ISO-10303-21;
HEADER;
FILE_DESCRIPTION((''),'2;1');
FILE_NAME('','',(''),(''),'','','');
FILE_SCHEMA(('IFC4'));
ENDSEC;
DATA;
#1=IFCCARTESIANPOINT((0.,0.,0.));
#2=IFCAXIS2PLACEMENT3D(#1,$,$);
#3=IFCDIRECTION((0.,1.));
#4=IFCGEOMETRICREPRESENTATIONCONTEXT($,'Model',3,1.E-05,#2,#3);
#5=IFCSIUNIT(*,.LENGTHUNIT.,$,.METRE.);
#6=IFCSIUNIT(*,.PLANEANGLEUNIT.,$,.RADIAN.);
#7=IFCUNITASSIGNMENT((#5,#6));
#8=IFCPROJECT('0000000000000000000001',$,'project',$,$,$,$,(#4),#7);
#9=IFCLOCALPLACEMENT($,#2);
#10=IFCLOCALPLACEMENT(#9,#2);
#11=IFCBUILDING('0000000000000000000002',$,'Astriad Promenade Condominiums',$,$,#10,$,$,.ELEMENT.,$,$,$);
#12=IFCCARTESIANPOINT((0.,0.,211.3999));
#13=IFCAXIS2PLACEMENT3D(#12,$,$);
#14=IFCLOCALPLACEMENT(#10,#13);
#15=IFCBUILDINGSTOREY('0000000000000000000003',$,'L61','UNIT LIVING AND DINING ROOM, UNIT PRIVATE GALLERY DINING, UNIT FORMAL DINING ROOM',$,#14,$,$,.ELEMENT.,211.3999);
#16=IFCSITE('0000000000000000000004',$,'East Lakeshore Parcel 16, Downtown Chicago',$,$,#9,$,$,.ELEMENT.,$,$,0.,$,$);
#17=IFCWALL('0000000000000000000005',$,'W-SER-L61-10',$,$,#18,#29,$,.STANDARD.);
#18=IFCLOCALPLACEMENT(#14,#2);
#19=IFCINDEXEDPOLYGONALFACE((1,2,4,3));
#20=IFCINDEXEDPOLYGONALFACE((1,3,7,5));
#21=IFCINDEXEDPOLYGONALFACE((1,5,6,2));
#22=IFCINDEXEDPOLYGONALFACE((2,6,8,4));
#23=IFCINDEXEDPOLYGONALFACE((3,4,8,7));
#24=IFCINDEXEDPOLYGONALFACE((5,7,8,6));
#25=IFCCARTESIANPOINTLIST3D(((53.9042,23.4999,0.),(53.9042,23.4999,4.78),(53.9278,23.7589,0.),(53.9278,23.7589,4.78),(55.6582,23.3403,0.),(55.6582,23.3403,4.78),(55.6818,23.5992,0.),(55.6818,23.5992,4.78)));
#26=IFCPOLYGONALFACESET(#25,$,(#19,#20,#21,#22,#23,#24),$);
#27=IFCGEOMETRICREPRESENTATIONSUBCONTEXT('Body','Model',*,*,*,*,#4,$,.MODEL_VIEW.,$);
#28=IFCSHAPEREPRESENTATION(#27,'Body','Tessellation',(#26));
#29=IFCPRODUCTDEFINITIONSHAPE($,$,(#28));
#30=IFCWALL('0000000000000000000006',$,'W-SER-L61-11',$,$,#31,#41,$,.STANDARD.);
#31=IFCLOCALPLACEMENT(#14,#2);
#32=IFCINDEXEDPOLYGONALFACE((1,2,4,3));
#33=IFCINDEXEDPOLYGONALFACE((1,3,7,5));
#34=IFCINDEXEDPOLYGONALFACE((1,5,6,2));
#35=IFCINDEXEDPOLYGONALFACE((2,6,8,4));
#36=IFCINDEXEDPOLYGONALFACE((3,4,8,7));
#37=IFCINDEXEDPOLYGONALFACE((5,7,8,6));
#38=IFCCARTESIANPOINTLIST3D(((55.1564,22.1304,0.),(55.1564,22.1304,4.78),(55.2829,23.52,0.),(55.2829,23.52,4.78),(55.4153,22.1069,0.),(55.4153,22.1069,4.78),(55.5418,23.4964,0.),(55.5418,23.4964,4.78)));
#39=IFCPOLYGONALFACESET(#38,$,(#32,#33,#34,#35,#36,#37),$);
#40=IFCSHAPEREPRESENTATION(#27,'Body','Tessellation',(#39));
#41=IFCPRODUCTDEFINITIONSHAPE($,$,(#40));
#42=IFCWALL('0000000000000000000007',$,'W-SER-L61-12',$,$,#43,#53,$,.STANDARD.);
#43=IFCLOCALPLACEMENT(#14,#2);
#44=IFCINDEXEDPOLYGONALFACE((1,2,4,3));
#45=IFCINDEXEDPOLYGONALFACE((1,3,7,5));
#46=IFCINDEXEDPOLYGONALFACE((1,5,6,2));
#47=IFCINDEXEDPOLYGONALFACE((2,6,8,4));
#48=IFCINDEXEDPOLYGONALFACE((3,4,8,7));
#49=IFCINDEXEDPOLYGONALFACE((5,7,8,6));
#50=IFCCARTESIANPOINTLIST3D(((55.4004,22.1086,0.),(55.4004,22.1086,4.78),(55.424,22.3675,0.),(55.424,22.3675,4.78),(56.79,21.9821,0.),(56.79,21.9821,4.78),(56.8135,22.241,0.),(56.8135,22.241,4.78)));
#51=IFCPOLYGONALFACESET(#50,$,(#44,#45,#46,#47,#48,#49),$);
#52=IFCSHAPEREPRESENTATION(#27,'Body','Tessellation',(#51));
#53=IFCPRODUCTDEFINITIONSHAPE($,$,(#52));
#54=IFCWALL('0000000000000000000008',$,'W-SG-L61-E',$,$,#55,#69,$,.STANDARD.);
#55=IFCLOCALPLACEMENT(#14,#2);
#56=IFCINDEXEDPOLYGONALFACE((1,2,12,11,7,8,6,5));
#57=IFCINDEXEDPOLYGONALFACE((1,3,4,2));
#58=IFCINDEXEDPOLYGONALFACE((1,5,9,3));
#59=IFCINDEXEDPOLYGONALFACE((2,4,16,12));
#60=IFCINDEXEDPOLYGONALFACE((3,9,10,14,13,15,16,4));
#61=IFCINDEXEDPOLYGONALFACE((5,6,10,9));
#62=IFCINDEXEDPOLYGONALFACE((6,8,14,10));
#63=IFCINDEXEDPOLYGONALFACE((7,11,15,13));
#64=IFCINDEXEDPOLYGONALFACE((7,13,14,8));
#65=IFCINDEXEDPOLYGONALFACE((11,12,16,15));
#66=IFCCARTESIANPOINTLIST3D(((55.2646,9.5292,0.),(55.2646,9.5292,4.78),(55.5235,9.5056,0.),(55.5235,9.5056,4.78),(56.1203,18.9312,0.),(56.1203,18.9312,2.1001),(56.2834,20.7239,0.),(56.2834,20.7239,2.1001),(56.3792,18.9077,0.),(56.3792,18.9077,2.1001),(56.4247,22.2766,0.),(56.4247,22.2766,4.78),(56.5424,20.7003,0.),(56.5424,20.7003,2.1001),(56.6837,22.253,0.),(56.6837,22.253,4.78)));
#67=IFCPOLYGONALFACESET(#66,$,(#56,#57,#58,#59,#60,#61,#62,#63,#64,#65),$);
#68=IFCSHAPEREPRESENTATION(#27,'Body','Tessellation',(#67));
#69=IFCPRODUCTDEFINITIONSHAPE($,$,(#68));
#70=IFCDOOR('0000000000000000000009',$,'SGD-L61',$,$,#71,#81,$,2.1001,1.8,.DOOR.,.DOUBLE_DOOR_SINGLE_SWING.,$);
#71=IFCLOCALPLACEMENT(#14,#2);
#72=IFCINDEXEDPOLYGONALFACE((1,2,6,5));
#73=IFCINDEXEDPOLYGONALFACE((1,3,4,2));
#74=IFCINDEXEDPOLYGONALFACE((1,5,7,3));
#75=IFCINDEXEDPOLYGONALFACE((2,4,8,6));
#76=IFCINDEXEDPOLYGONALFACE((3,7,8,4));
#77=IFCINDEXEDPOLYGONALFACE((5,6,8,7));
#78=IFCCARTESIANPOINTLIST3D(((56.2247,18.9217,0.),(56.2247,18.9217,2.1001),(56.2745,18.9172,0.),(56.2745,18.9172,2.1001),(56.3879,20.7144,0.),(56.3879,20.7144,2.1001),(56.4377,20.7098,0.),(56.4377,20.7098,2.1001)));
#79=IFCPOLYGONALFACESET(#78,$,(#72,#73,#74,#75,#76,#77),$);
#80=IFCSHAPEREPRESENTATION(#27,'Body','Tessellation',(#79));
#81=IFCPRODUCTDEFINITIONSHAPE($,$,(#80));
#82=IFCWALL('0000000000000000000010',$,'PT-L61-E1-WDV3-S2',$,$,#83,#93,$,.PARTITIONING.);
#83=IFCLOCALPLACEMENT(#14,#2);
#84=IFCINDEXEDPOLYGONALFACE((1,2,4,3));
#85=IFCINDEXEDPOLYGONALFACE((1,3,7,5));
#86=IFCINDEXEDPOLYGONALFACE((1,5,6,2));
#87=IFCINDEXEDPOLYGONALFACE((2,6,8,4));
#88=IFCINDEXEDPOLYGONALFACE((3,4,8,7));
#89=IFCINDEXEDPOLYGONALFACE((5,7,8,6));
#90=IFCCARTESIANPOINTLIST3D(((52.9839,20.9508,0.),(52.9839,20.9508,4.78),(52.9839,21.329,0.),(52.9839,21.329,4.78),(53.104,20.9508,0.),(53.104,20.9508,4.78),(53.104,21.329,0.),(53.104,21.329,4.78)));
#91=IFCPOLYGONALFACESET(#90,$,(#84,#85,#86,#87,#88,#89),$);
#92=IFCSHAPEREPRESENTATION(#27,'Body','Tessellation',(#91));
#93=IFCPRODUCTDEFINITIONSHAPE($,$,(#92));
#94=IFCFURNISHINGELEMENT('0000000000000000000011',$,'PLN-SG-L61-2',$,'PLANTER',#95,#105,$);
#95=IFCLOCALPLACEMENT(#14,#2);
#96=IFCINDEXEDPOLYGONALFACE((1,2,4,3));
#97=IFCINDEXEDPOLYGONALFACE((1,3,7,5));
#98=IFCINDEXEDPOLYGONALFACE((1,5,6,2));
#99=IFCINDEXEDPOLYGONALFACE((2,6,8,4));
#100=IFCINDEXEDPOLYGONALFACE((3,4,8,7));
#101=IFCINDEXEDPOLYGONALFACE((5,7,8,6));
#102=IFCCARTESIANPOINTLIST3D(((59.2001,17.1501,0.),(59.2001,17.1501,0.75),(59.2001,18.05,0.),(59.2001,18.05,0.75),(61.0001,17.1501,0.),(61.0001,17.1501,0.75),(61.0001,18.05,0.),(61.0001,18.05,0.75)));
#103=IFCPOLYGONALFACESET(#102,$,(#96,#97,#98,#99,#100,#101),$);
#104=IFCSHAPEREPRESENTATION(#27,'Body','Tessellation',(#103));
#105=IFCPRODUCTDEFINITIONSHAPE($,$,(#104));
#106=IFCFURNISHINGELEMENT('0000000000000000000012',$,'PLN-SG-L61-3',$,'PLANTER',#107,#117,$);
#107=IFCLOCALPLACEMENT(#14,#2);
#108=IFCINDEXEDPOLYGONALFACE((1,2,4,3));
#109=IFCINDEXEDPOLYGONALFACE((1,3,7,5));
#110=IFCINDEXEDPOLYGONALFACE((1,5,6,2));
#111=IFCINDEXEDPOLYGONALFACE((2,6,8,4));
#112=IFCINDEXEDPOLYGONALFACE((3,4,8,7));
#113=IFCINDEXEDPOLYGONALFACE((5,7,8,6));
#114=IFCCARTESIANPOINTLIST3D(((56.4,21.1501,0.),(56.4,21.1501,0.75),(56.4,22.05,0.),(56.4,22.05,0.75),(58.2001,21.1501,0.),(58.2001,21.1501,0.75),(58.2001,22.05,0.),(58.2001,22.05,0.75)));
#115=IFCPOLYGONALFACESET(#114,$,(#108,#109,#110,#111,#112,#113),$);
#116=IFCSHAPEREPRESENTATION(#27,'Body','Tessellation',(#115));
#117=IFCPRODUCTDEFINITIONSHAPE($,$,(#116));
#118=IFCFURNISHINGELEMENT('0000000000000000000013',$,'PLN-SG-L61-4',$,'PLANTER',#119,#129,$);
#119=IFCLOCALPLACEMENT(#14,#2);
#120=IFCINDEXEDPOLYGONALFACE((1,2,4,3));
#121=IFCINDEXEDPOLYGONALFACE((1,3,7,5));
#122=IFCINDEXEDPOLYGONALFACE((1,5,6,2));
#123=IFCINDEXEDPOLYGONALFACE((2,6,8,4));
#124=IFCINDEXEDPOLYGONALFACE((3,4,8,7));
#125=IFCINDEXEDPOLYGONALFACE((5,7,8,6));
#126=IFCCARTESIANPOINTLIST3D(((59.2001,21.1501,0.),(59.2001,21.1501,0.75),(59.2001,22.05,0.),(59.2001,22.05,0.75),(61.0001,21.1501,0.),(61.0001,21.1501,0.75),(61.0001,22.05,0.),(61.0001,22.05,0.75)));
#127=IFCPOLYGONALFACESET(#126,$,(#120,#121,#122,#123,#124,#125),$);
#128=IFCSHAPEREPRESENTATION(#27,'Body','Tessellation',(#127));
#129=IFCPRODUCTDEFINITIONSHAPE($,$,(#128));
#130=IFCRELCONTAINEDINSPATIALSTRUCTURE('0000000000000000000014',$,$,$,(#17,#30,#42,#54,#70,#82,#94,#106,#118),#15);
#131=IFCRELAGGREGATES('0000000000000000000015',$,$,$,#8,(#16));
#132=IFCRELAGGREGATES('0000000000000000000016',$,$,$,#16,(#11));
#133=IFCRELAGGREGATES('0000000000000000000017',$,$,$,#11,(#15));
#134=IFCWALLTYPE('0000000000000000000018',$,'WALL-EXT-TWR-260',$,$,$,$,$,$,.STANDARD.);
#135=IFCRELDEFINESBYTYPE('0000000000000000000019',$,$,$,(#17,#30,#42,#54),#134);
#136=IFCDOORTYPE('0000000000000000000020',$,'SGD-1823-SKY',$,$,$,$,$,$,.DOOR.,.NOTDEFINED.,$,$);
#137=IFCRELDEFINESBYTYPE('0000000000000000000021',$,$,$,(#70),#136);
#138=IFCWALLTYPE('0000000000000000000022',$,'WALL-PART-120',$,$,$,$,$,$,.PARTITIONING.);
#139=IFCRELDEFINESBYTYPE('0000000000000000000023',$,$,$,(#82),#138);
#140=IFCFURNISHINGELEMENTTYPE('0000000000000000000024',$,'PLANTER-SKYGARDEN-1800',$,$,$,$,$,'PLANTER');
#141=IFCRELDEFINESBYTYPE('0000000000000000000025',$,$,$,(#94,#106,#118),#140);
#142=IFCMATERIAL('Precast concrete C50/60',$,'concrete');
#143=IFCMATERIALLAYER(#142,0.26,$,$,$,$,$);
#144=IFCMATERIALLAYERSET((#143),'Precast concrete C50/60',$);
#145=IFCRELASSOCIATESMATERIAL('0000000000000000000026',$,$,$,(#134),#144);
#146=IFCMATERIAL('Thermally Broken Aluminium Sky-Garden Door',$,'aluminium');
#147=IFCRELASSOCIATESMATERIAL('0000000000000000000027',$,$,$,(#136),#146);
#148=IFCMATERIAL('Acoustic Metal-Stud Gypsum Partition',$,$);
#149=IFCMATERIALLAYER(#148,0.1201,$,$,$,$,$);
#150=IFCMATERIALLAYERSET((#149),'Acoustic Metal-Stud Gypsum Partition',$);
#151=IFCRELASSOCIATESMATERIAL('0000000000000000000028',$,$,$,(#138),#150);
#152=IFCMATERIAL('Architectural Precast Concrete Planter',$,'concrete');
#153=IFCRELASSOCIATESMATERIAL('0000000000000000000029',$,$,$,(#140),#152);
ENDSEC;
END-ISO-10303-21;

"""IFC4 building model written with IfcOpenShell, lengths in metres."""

from ifc_helpers import new_model, si_unit, direction, frame, frame_2d, origin, origin_2d, place, context, subcontext, project, spatial, rectangle, extrude, source, transform, mapped, material, layer, layer_set, type_object, type_shapes, element, fill, save


model = new_model("IFC4")

# Units and contexts
model_context = context("Model", 3, precision=1e-05, world=origin(), true_north=direction((0.0, 1.0)))
body_context = subcontext(model_context, "Body", "Model", "MODEL_VIEW")
ifc_project = project(units=[si_unit("LENGTHUNIT", "METRE"), si_unit("PLANEANGLEUNIT", "RADIAN")], contexts=[model_context])

# Site, building, storey
site_placement = place(None, origin())
site = spatial("IfcSite", under=ifc_project, at=site_placement, Name="East Lakeshore Parcel 16, Downtown Chicago", CompositionType="ELEMENT", RefElevation=0.0)
building_placement = place(site_placement, origin())
building = spatial("IfcBuilding", under=site, at=building_placement, Name="Astriad Promenade Condominiums", CompositionType="ELEMENT")
storey_placement = place(building_placement, frame((0.0, 0.0, 211.3999)))
storey = spatial("IfcBuildingStorey", under=building, at=storey_placement, Name="L61", Description="UNIT LIVING AND DINING ROOM, UNIT PRIVATE GALLERY DINING, UNIT FORMAL DINING ROOM", CompositionType="ELEMENT", Elevation=211.3999)

# Walls
ifc_material_1 = material(Name="Precast concrete C50/60", Category="concrete")
ifc_layer_1 = layer(ifc_material_1, 0.26)
ifc_layer_set_1 = layer_set([ifc_layer_1], Name="Precast concrete C50/60")
wall_type_1 = type_object("IfcWallType", Name="WALL-EXT-TWR-260", PredefinedType="STANDARD", material=ifc_layer_set_1)
wall_1_placement = place(storey_placement, frame((53.916, 23.6294, 0.0), z_axis=(0.0, 0.0, 1.0), x_axis=(0.995882, -0.090661, 0.0)))
element("IfcWall", 1, at=wall_1_placement, inside=storey, type_object=wall_type_1, Name="W-SER-L61-10", PredefinedType="STANDARD", context=body_context, shape_type="SweptSolid", body=[
    extrude(rectangle(XDim=1.7612, YDim=0.26, at=frame_2d((0.8806, 0.0))), origin(), (0.0, 0.0, 1.0), 4.78),
])
for number, where, z_axis, x_axis, name in (
    (2, (55.4124, 23.5083, 0.0), (0.0, 0.0, 1.0), (-0.090646, -0.995883, 0.0), "W-SER-L61-11"),
    (3, (55.4121, 22.238, 0.0), (0.0, 0.0, 1.0), (0.995883, -0.090646, 0.0), "W-SER-L61-12"),
):
    element("IfcWall", number, at=place(storey_placement, frame(where, z_axis=z_axis, x_axis=x_axis)), inside=storey, type_object=wall_type_1, Name=name, PredefinedType="STANDARD", context=body_context, shape_type="SweptSolid", body=[
        extrude(rectangle(XDim=1.3953, YDim=0.26, at=frame_2d((0.6978, 0.0))), origin(), (0.0, 0.0, 1.0), 4.78),
    ])

# Wall, opening, door
wall_2_placement = place(storey_placement, frame((56.5542, 22.2646, 0.0), z_axis=(0.0, 0.0, 1.0), x_axis=(-0.090637, -0.995884, 0.0)))
wall_2 = element("IfcWall", 4, at=wall_2_placement, inside=storey, type_object=wall_type_1, Name="W-SG-L61-E", PredefinedType="STANDARD", context=body_context, shape_type="SweptSolid", body=[
    extrude(rectangle(XDim=12.8, YDim=0.26, at=frame_2d((6.3999, 0.0))), origin(), (0.0, 0.0, 1.0), 4.78),
])
opening_placement = place(wall_2_placement, frame((1.5591, 0.0, 0.0)))
opening = element("IfcOpeningElement", 5, at=opening_placement, cuts=wall_2, PredefinedType="OPENING", context=body_context, shape_type="SweptSolid", body=[
    extrude(rectangle(XDim=1.8, YDim=2.1001, at=frame_2d((0.8999, 1.05))), frame((0.0, 0.1399, 0.0), z_axis=(0.0, -1.0, 0.0), x_axis=(1.0, 0.0, 0.0)), (0.0, 0.0, 1.0), 0.28),
])
ifc_material_2 = material(Name="Thermally Broken Aluminium Sky-Garden Door", Category="aluminium")
door_type = type_object("IfcDoorType", Name="SGD-1823-SKY", OperationType="NOTDEFINED", PredefinedType="DOOR", material=ifc_material_2)
shared_shape_1 = source(origin(), body_context, "Body", "SweptSolid", [
    extrude(rectangle(XDim=1.8, YDim=2.1001, at=frame_2d((0.8999, 1.05))), frame((0.0, 0.0249, 0.0), z_axis=(0.0, -1.0, 0.0), x_axis=(1.0, 0.0, 0.0)), (0.0, 0.0, 1.0), 0.05),
])
type_shapes(door_type, [shared_shape_1])
door_placement = place(opening_placement, origin())
door = element("IfcDoor", 6, at=door_placement, inside=storey, type_object=door_type, Name="SGD-L61", OperationType="DOUBLE_DOOR_SINGLE_SWING", OverallHeight=2.1001, OverallWidth=1.8, PredefinedType="DOOR", context=body_context, shape_type="MappedRepresentation", body=[
    mapped(shared_shape_1, transform((0.0, 0.0, 0.0), scale=1.0)),
])
fill(opening, door)

# Wall
ifc_material_3 = material(Name="Acoustic Metal-Stud Gypsum Partition")
ifc_layer_2 = layer(ifc_material_3, 0.1201)
ifc_layer_set_2 = layer_set([ifc_layer_2], Name="Acoustic Metal-Stud Gypsum Partition")
wall_type_2 = type_object("IfcWallType", Name="WALL-PART-120", PredefinedType="PARTITIONING", material=ifc_layer_set_2)
wall_3_placement = place(storey_placement, frame((53.0439, 20.9509, 0.0), z_axis=(0.0, 0.0, 1.0), x_axis=(0.0, 1.0, 0.0)))
element("IfcWall", 7, at=wall_3_placement, inside=storey, type_object=wall_type_2, Name="PT-L61-E1-WDV3-S2", PredefinedType="PARTITIONING", context=body_context, shape_type="SweptSolid", body=[
    extrude(rectangle(XDim=0.3782, YDim=0.1201, at=frame_2d((0.189, 0.0))), origin(), (0.0, 0.0, 1.0), 4.78),
])

# Furnishing elements
ifc_material_4 = material(Name="Architectural Precast Concrete Planter", Category="concrete")
furnishing_element_type = type_object("IfcFurnishingElementType", Name="PLANTER-SKYGARDEN-1800", ElementType="PLANTER", material=ifc_material_4)
shared_shape_2 = source(origin(), body_context, "Body", "SweptSolid", [
    extrude(rectangle(XDim=1.8, YDim=0.8999, at=origin_2d()), origin(), (0.0, 0.0, 1.0), 0.75),
])
type_shapes(furnishing_element_type, [shared_shape_2])
for number, where, z_axis, x_axis, name in (
    (8, (60.1001, 17.6001, 0.0), (0.0, 0.0, 1.0), (1.0, 0.0, 0.0), "PLN-SG-L61-2"),
    (9, (57.3, 21.6001, 0.0), (0.0, 0.0, 1.0), (1.0, 0.0, 0.0), "PLN-SG-L61-3"),
    (10, (60.1001, 21.6001, 0.0), (0.0, 0.0, 1.0), (1.0, 0.0, 0.0), "PLN-SG-L61-4"),
):
    element("IfcFurnishingElement", number, at=place(storey_placement, frame(where, z_axis=z_axis, x_axis=x_axis)), inside=storey, type_object=furnishing_element_type, Name=name, ObjectType="PLANTER", context=body_context, shape_type="MappedRepresentation", body=[
        mapped(shared_shape_2, transform((0.0, 0.0, 0.0), scale=1.0)),
    ])

save(model, "model.ifc")
